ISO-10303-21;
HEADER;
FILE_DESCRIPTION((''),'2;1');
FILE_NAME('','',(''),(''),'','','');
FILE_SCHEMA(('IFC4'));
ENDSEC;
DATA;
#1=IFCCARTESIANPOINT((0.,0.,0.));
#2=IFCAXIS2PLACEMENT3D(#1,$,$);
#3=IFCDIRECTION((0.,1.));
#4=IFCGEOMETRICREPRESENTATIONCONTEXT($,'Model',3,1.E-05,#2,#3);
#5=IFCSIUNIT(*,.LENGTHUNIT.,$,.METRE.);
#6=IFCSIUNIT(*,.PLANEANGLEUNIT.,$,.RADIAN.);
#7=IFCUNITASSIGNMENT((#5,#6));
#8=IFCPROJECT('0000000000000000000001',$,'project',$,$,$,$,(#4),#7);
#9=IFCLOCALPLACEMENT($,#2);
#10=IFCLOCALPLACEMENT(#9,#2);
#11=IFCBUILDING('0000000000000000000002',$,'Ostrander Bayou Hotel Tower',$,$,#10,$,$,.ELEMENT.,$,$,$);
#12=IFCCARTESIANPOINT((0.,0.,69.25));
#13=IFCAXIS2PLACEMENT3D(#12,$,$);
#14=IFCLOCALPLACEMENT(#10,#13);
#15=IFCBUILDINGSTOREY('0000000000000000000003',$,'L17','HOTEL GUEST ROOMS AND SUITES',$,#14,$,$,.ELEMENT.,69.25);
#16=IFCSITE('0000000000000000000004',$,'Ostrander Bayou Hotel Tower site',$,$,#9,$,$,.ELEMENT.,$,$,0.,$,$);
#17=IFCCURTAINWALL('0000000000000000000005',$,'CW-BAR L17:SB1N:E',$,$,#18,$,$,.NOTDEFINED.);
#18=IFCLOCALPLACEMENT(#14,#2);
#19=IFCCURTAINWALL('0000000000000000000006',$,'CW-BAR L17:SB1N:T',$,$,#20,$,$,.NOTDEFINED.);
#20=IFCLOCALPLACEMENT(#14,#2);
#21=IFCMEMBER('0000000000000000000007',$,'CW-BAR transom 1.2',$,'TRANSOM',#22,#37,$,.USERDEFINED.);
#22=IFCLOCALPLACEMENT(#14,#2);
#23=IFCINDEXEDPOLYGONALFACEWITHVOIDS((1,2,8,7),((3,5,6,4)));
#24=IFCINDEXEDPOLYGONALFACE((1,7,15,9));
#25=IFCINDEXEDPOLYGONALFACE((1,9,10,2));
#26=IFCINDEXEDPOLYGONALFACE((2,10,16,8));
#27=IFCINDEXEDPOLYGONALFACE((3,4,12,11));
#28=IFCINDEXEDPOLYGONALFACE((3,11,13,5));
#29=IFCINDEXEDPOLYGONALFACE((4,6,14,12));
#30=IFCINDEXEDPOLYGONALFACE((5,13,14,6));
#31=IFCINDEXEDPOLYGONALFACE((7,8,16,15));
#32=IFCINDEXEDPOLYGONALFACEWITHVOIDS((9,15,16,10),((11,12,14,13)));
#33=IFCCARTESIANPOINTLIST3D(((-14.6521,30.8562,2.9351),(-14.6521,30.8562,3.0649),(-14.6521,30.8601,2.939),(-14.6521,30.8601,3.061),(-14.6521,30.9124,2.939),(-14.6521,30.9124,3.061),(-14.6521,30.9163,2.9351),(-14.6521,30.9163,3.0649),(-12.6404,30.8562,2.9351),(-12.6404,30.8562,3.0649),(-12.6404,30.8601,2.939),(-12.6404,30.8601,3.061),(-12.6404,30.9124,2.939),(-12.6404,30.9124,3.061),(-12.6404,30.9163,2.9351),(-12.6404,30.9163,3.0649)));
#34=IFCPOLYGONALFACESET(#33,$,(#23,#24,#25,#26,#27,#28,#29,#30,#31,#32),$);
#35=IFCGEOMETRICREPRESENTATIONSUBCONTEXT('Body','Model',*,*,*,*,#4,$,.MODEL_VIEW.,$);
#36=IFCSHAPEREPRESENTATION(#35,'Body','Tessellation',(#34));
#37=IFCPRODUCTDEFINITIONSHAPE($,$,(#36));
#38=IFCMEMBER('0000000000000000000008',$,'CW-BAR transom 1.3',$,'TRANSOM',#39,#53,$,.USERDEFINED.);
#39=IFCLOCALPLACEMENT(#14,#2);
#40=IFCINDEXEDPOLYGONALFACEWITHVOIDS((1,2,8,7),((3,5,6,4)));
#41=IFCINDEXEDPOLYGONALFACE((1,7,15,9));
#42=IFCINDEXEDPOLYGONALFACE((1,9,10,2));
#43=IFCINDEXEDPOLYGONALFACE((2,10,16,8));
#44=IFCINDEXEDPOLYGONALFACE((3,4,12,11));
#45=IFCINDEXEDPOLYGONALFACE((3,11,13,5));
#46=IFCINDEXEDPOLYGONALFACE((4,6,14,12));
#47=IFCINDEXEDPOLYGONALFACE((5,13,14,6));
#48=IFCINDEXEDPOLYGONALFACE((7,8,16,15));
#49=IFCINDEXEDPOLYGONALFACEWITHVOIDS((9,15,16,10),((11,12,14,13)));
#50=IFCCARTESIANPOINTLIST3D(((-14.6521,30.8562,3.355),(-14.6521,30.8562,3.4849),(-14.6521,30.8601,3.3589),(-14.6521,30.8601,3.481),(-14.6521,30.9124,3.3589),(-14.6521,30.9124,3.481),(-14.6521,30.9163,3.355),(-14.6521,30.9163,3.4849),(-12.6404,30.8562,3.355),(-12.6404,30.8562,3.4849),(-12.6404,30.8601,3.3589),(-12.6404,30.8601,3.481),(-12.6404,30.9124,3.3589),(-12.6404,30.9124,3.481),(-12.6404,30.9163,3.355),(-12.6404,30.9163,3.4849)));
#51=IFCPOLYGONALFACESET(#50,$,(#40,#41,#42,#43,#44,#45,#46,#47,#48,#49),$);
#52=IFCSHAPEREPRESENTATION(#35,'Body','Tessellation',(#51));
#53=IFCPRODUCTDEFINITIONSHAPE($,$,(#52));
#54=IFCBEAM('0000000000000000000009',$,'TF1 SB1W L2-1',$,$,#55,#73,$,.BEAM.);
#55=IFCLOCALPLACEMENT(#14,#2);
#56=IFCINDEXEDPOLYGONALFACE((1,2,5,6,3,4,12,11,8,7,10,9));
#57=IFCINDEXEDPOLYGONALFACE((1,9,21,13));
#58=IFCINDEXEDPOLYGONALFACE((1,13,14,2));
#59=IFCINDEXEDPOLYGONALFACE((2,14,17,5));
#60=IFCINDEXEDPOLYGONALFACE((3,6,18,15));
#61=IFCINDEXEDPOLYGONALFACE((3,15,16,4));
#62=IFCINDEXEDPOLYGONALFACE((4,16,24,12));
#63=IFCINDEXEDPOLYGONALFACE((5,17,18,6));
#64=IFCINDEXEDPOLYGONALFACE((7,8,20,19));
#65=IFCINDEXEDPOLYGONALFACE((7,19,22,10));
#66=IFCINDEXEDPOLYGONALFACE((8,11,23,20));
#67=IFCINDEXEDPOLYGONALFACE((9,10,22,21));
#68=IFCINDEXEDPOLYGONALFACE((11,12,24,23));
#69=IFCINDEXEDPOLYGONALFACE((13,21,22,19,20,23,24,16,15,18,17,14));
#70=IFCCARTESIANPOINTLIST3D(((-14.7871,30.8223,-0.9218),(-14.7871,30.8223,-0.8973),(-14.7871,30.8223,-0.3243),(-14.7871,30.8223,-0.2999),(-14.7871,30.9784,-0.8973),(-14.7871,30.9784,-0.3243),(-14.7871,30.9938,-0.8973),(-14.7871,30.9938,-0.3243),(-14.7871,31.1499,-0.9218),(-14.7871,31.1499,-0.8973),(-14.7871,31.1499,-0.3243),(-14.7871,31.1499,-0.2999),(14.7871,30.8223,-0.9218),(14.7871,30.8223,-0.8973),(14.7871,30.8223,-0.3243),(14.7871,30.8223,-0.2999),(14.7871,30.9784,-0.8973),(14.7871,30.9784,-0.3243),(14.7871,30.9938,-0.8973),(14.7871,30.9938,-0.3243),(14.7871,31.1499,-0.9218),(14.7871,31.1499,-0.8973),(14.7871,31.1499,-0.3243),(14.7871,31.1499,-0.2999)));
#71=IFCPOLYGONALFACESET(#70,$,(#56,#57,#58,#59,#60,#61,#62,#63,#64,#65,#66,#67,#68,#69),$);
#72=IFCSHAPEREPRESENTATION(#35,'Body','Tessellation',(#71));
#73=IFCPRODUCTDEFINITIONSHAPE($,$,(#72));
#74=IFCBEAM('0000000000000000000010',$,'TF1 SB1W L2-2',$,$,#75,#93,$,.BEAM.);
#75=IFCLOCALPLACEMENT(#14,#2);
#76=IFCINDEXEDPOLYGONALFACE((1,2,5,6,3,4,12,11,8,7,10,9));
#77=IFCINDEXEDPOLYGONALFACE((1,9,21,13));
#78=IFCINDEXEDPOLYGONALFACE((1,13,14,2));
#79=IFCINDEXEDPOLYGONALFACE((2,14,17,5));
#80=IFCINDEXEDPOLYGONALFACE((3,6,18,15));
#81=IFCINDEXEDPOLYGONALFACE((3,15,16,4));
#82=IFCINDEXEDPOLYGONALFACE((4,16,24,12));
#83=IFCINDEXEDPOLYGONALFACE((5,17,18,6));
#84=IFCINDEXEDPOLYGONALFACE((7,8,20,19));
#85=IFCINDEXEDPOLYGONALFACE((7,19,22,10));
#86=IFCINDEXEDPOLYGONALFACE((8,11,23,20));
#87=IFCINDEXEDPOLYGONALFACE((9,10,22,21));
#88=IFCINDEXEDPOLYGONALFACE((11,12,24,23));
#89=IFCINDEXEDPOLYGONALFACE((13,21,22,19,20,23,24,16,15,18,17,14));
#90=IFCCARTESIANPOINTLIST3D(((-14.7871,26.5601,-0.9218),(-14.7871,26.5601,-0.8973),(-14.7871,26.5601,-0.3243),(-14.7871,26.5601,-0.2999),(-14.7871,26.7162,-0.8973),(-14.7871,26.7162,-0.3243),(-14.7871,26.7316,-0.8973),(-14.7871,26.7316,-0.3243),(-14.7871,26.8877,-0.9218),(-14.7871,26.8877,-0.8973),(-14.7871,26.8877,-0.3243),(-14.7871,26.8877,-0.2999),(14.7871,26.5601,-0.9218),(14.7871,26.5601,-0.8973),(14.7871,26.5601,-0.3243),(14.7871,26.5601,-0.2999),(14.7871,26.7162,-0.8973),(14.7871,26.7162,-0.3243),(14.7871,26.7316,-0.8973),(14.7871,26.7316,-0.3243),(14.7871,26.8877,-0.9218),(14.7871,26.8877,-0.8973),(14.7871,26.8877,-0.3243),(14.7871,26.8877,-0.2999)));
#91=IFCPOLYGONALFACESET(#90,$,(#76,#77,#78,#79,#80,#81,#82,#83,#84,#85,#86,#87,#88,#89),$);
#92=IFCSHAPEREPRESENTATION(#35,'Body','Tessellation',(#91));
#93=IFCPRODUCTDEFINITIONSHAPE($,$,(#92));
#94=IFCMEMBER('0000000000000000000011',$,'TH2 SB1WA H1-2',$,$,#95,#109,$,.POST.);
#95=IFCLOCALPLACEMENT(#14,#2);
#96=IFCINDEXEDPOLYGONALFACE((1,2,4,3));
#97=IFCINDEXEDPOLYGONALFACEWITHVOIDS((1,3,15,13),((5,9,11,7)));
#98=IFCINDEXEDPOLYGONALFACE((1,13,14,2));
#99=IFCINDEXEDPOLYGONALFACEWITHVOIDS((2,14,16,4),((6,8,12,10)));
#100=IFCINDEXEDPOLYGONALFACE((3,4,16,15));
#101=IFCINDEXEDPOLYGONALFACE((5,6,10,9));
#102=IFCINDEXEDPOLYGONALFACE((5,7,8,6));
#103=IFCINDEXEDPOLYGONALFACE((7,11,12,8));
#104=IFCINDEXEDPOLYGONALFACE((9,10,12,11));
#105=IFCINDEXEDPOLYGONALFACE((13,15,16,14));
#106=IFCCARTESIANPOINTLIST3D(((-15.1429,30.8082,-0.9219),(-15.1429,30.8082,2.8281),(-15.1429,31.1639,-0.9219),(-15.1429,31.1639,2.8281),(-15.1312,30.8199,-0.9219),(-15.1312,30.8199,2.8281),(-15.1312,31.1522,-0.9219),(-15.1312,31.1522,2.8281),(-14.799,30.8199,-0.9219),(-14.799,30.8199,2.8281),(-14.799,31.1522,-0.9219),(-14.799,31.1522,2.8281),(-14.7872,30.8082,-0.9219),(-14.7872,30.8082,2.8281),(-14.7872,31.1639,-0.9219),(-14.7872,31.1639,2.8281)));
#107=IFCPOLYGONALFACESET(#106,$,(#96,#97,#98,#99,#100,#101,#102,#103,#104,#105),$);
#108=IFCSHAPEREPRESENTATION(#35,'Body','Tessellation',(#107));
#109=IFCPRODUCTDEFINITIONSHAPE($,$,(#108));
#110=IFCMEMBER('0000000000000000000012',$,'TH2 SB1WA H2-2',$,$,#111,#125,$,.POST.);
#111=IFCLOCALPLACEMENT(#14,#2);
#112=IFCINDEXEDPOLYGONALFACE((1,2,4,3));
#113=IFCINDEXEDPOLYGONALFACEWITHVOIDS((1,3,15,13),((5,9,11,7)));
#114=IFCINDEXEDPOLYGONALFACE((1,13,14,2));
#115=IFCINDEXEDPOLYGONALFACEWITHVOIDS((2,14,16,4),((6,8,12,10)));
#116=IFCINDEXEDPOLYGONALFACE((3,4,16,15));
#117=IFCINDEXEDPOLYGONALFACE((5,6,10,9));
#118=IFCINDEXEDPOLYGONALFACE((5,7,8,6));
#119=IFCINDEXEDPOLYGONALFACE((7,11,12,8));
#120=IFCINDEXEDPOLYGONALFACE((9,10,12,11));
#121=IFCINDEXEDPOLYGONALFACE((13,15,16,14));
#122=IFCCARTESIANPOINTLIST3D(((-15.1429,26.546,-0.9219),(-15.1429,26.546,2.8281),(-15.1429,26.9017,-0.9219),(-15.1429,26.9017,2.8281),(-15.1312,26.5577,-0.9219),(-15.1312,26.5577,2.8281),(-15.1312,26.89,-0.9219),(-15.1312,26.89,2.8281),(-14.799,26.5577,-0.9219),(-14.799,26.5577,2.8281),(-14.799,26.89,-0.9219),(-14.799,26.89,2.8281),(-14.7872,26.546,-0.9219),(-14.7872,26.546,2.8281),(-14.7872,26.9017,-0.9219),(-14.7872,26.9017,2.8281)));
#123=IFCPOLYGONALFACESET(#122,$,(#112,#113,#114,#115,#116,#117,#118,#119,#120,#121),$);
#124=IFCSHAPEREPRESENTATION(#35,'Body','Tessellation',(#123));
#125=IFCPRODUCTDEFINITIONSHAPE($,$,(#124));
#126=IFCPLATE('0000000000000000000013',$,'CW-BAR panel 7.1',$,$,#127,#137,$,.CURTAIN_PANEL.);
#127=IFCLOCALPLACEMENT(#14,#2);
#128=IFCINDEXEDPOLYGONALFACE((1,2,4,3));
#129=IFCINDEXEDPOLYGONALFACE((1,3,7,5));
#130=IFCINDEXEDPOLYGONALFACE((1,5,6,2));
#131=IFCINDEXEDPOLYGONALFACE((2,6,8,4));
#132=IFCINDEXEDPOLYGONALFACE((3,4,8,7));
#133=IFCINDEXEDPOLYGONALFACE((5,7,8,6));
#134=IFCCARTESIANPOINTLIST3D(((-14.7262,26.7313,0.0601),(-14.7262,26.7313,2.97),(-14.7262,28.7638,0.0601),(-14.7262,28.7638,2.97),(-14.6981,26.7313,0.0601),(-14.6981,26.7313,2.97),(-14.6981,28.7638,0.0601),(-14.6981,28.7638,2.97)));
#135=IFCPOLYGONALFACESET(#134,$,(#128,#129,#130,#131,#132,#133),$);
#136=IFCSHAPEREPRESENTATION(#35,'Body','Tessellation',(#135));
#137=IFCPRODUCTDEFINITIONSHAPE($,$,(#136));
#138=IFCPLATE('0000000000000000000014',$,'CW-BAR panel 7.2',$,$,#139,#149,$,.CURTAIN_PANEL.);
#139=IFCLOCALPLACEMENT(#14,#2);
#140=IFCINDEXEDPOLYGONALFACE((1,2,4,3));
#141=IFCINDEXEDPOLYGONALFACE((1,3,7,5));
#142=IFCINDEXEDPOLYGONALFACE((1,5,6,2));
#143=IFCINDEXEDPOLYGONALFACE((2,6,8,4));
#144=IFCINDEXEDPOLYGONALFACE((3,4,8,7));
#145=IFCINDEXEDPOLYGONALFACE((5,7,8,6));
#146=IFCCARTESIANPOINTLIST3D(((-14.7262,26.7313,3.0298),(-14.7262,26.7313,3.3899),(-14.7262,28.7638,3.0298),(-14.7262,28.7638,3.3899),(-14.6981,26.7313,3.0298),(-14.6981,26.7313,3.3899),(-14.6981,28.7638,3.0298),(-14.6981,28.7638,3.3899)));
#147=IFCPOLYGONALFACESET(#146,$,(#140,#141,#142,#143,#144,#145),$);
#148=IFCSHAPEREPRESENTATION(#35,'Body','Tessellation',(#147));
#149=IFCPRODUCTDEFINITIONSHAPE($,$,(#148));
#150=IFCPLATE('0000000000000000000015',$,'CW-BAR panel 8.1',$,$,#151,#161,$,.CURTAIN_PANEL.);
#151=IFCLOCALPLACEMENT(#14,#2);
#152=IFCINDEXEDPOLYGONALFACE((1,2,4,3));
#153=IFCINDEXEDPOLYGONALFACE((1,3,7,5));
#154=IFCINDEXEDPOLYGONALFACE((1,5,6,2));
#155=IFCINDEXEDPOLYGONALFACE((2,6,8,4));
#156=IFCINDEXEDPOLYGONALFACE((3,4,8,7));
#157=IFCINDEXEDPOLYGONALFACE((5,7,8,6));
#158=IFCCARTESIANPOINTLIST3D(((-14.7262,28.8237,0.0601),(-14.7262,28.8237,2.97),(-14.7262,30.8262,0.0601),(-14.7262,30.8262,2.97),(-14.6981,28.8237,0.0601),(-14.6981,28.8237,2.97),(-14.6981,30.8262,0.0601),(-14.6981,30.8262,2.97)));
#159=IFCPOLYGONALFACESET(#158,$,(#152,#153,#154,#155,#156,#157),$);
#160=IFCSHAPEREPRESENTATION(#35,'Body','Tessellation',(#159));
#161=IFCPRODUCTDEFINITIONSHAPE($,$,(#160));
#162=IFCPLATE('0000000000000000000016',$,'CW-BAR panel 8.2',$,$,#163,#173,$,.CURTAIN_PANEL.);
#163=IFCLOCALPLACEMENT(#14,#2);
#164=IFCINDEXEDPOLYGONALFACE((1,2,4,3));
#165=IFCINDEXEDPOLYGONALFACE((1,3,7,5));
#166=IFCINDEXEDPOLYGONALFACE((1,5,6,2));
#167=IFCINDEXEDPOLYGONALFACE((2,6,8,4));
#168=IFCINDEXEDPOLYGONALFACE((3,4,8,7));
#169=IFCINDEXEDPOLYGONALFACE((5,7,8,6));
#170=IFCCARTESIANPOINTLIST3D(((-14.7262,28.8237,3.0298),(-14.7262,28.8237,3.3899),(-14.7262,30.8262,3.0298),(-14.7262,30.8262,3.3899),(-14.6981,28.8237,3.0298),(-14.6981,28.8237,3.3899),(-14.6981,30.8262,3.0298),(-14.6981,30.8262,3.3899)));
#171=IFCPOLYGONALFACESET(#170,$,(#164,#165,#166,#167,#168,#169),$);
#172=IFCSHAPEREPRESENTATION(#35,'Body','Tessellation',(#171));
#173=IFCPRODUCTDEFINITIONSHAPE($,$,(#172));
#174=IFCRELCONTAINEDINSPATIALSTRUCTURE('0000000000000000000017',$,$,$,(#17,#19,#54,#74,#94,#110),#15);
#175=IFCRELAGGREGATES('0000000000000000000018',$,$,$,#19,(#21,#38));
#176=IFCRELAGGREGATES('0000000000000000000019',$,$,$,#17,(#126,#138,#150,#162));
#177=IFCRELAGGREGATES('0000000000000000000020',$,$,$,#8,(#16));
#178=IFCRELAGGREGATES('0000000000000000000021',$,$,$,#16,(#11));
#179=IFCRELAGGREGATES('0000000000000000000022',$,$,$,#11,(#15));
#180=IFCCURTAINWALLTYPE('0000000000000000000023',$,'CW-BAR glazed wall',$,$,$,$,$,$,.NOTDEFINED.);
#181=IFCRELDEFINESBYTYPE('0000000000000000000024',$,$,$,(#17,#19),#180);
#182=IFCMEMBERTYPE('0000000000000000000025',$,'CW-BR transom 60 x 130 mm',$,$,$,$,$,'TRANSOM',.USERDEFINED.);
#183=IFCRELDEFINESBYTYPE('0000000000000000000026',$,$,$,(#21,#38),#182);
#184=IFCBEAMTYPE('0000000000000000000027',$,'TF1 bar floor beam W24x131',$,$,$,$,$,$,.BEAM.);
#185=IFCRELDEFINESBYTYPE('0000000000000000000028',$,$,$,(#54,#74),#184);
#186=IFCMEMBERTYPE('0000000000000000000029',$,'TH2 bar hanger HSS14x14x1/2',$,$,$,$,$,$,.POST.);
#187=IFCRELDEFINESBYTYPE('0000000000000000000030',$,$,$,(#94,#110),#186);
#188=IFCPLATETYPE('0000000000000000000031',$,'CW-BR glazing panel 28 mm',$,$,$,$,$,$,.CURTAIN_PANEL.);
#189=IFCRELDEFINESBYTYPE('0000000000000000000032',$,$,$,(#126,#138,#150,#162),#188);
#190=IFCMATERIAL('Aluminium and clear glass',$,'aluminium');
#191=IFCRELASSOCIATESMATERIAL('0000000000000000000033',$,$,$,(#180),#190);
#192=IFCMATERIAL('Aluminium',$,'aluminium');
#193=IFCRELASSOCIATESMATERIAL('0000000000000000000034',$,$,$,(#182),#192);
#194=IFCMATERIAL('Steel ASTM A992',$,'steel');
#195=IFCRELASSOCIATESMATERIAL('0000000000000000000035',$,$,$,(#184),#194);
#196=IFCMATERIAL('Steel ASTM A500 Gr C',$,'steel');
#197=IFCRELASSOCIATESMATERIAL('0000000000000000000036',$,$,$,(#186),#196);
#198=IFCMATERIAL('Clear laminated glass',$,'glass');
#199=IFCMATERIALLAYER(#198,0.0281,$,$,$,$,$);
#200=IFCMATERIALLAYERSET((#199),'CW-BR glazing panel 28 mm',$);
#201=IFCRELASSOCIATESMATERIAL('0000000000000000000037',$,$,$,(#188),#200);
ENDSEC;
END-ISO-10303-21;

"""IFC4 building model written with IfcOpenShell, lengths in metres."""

from ifc_helpers import new_model, si_unit, direction, frame, origin, origin_2d, place, context, subcontext, project, spatial, rectangle, hollow_rectangle, i_section, extrude, material, layer, layer_set, material_profile, profile_set, type_object, element, aggregate, save


model = new_model("IFC4")

# Units and contexts
model_context = context("Model", 3, precision=1e-05, world=origin(), true_north=direction((0.0, 1.0)))
body_context = subcontext(model_context, "Body", "Model", "MODEL_VIEW")
ifc_project = project(units=[si_unit("LENGTHUNIT", "METRE"), si_unit("PLANEANGLEUNIT", "RADIAN")], contexts=[model_context])

# Site, building, storey
site_placement = place(None, origin())
site = spatial("IfcSite", under=ifc_project, at=site_placement, Name="Ostrander Bayou Hotel Tower site", CompositionType="ELEMENT", RefElevation=0.0)
building_placement = place(site_placement, origin())
building = spatial("IfcBuilding", under=site, at=building_placement, Name="Ostrander Bayou Hotel Tower", CompositionType="ELEMENT")
storey_placement = place(building_placement, frame((0.0, 0.0, 69.25)))
storey = spatial("IfcBuildingStorey", under=building, at=storey_placement, Name="L17", Description="HOTEL GUEST ROOMS AND SUITES", CompositionType="ELEMENT", Elevation=69.25)

# Curtain wall
ifc_material_1 = material(Name="Aluminium and clear glass", Category="aluminium")
curtain_wall_type = type_object("IfcCurtainWallType", Name="CW-BAR glazed wall", PredefinedType="NOTDEFINED", material=ifc_material_1)
curtain_wall_1_placement = place(storey_placement, origin())
curtain_wall_1 = element("IfcCurtainWall", 1, at=curtain_wall_1_placement, inside=storey, type_object=curtain_wall_type, Name="CW-BAR L17:SB1N:E", PredefinedType="NOTDEFINED")

# Curtain wall
curtain_wall_2_placement = place(storey_placement, origin())
curtain_wall_2 = element("IfcCurtainWall", 2, at=curtain_wall_2_placement, inside=storey, type_object=curtain_wall_type, Name="CW-BAR L17:SB1N:T", PredefinedType="NOTDEFINED")

# Members
ifc_material_2 = material(Name="Aluminium", Category="aluminium")
ifc_material_profile_1 = material_profile(ifc_material_2, hollow_rectangle(XDim=0.0601, YDim=0.1299, WallThickness=0.0039, at=origin_2d()))
ifc_profile_set_1 = profile_set([ifc_material_profile_1], Name="Aluminium")
member_type_1 = type_object("IfcMemberType", Name="CW-BR transom 60 x 130 mm", ElementType="TRANSOM", PredefinedType="USERDEFINED", material=ifc_profile_set_1)
member_1_placement = place(storey_placement, frame((-14.6521, 30.8862, 3.0), z_axis=(1.0, 0.0, 0.0), x_axis=(0.0, 1.0, 0.0)))
member_1 = element("IfcMember", 3, at=member_1_placement, type_object=member_type_1, Name="CW-BAR transom 1.2", ObjectType="TRANSOM", PredefinedType="USERDEFINED", context=body_context, shape_type="SweptSolid", body=[
    extrude(hollow_rectangle(XDim=0.0601, YDim=0.1299, WallThickness=0.0039, at=origin_2d()), origin(), (0.0, 0.0, 1.0), 2.0117),
])
member_2_placement = place(storey_placement, frame((-14.6521, 30.8862, 3.4199), z_axis=(1.0, 0.0, 0.0), x_axis=(0.0, 1.0, 0.0)))
member_2 = element("IfcMember", 4, at=member_2_placement, type_object=member_type_1, Name="CW-BAR transom 1.3", ObjectType="TRANSOM", PredefinedType="USERDEFINED", context=body_context, shape_type="SweptSolid", body=[
    extrude(hollow_rectangle(XDim=0.0601, YDim=0.1299, WallThickness=0.0039, at=origin_2d()), origin(), (0.0, 0.0, 1.0), 2.0117),
])
aggregate(curtain_wall_2, [member_1, member_2])

# Beams
ifc_material_3 = material(Name="Steel ASTM A992", Category="steel")
ifc_material_profile_2 = material_profile(ifc_material_3, i_section(OverallWidth=0.3276, OverallDepth=0.6218, WebThickness=0.0154, FlangeThickness=0.0244, at=origin_2d()))
ifc_profile_set_2 = profile_set([ifc_material_profile_2], Name="Steel ASTM A992")
beam_type = type_object("IfcBeamType", Name="TF1 bar floor beam W24x131", PredefinedType="BEAM", material=ifc_profile_set_2)
for number, where, z_axis, x_axis, name in (
    (5, (-14.7871, 30.9861, -0.6108), (1.0, 0.0, 0.0), (0.0, 1.0, 0.0), "TF1 SB1W L2-1"),
    (6, (-14.7871, 26.7239, -0.6108), (1.0, 0.0, 0.0), (0.0, 1.0, 0.0), "TF1 SB1W L2-2"),
):
    element("IfcBeam", number, at=place(storey_placement, frame(where, z_axis=z_axis, x_axis=x_axis)), inside=storey, type_object=beam_type, Name=name, PredefinedType="BEAM", context=body_context, shape_type="SweptSolid", body=[
        extrude(i_section(OverallWidth=0.3276, OverallDepth=0.6218, WebThickness=0.0154, FlangeThickness=0.0244, at=origin_2d()), origin(), (0.0, 0.0, 1.0), 29.5742),
    ])

# Members
ifc_material_4 = material(Name="Steel ASTM A500 Gr C", Category="steel")
ifc_material_profile_3 = material_profile(ifc_material_4, hollow_rectangle(XDim=0.3557, YDim=0.3557, WallThickness=0.0117, at=origin_2d()))
ifc_profile_set_3 = profile_set([ifc_material_profile_3], Name="Steel ASTM A500 Gr C")
member_type_2 = type_object("IfcMemberType", Name="TH2 bar hanger HSS14x14x1/2", PredefinedType="POST", material=ifc_profile_set_3)
for number, where, z_axis, x_axis, name in (
    (7, (-14.9651, 30.9861, -0.9219), (0.0, 0.0, 1.0), (1.0, 0.0, 0.0), "TH2 SB1WA H1-2"),
    (8, (-14.9651, 26.7239, -0.9219), (0.0, 0.0, 1.0), (1.0, 0.0, 0.0), "TH2 SB1WA H2-2"),
):
    element("IfcMember", number, at=place(storey_placement, frame(where, z_axis=z_axis, x_axis=x_axis)), inside=storey, type_object=member_type_2, Name=name, PredefinedType="POST", context=body_context, shape_type="SweptSolid", body=[
        extrude(hollow_rectangle(XDim=0.3557, YDim=0.3557, WallThickness=0.0117, at=origin_2d()), origin(), (0.0, 0.0, 1.0), 3.75),
    ])

# Plates
ifc_material_5 = material(Name="Clear laminated glass", Category="glass")
ifc_layer = layer(ifc_material_5, 0.0281)
ifc_layer_set = layer_set([ifc_layer], Name="CW-BR glazing panel 28 mm")
plate_type = type_object("IfcPlateType", Name="CW-BR glazing panel 28 mm", PredefinedType="CURTAIN_PANEL", material=ifc_layer_set)
plate_1_placement = place(storey_placement, frame((-14.7122, 27.7476, 0.0601), z_axis=(0.0, 0.0, 1.0), x_axis=(0.0, 1.0, 0.0)))
plate_1 = element("IfcPlate", 9, at=plate_1_placement, type_object=plate_type, Name="CW-BAR panel 7.1", PredefinedType="CURTAIN_PANEL", context=body_context, shape_type="SweptSolid", body=[
    extrude(rectangle(XDim=2.0325, YDim=0.0281, at=origin_2d()), origin(), (0.0, 0.0, 1.0), 2.9099),
])
plate_2_placement = place(storey_placement, frame((-14.7122, 27.7476, 3.0298), z_axis=(0.0, 0.0, 1.0), x_axis=(0.0, 1.0, 0.0)))
plate_2 = element("IfcPlate", 10, at=plate_2_placement, type_object=plate_type, Name="CW-BAR panel 7.2", PredefinedType="CURTAIN_PANEL", context=body_context, shape_type="SweptSolid", body=[
    extrude(rectangle(XDim=2.0325, YDim=0.0281, at=origin_2d()), origin(), (0.0, 0.0, 1.0), 0.3601),
])
plate_3_placement = place(storey_placement, frame((-14.7122, 29.825, 0.0601), z_axis=(0.0, 0.0, 1.0), x_axis=(0.0, 1.0, 0.0)))
plate_3 = element("IfcPlate", 11, at=plate_3_placement, type_object=plate_type, Name="CW-BAR panel 8.1", PredefinedType="CURTAIN_PANEL", context=body_context, shape_type="SweptSolid", body=[
    extrude(rectangle(XDim=2.0024, YDim=0.0281, at=origin_2d()), origin(), (0.0, 0.0, 1.0), 2.9099),
])
plate_4_placement = place(storey_placement, frame((-14.7122, 29.825, 3.0298), z_axis=(0.0, 0.0, 1.0), x_axis=(0.0, 1.0, 0.0)))
plate_4 = element("IfcPlate", 12, at=plate_4_placement, type_object=plate_type, Name="CW-BAR panel 8.2", PredefinedType="CURTAIN_PANEL", context=body_context, shape_type="SweptSolid", body=[
    extrude(rectangle(XDim=2.0024, YDim=0.0281, at=origin_2d()), origin(), (0.0, 0.0, 1.0), 0.3601),
])
aggregate(curtain_wall_1, [plate_1, plate_2, plate_3, plate_4])

save(model, "model.ifc")
